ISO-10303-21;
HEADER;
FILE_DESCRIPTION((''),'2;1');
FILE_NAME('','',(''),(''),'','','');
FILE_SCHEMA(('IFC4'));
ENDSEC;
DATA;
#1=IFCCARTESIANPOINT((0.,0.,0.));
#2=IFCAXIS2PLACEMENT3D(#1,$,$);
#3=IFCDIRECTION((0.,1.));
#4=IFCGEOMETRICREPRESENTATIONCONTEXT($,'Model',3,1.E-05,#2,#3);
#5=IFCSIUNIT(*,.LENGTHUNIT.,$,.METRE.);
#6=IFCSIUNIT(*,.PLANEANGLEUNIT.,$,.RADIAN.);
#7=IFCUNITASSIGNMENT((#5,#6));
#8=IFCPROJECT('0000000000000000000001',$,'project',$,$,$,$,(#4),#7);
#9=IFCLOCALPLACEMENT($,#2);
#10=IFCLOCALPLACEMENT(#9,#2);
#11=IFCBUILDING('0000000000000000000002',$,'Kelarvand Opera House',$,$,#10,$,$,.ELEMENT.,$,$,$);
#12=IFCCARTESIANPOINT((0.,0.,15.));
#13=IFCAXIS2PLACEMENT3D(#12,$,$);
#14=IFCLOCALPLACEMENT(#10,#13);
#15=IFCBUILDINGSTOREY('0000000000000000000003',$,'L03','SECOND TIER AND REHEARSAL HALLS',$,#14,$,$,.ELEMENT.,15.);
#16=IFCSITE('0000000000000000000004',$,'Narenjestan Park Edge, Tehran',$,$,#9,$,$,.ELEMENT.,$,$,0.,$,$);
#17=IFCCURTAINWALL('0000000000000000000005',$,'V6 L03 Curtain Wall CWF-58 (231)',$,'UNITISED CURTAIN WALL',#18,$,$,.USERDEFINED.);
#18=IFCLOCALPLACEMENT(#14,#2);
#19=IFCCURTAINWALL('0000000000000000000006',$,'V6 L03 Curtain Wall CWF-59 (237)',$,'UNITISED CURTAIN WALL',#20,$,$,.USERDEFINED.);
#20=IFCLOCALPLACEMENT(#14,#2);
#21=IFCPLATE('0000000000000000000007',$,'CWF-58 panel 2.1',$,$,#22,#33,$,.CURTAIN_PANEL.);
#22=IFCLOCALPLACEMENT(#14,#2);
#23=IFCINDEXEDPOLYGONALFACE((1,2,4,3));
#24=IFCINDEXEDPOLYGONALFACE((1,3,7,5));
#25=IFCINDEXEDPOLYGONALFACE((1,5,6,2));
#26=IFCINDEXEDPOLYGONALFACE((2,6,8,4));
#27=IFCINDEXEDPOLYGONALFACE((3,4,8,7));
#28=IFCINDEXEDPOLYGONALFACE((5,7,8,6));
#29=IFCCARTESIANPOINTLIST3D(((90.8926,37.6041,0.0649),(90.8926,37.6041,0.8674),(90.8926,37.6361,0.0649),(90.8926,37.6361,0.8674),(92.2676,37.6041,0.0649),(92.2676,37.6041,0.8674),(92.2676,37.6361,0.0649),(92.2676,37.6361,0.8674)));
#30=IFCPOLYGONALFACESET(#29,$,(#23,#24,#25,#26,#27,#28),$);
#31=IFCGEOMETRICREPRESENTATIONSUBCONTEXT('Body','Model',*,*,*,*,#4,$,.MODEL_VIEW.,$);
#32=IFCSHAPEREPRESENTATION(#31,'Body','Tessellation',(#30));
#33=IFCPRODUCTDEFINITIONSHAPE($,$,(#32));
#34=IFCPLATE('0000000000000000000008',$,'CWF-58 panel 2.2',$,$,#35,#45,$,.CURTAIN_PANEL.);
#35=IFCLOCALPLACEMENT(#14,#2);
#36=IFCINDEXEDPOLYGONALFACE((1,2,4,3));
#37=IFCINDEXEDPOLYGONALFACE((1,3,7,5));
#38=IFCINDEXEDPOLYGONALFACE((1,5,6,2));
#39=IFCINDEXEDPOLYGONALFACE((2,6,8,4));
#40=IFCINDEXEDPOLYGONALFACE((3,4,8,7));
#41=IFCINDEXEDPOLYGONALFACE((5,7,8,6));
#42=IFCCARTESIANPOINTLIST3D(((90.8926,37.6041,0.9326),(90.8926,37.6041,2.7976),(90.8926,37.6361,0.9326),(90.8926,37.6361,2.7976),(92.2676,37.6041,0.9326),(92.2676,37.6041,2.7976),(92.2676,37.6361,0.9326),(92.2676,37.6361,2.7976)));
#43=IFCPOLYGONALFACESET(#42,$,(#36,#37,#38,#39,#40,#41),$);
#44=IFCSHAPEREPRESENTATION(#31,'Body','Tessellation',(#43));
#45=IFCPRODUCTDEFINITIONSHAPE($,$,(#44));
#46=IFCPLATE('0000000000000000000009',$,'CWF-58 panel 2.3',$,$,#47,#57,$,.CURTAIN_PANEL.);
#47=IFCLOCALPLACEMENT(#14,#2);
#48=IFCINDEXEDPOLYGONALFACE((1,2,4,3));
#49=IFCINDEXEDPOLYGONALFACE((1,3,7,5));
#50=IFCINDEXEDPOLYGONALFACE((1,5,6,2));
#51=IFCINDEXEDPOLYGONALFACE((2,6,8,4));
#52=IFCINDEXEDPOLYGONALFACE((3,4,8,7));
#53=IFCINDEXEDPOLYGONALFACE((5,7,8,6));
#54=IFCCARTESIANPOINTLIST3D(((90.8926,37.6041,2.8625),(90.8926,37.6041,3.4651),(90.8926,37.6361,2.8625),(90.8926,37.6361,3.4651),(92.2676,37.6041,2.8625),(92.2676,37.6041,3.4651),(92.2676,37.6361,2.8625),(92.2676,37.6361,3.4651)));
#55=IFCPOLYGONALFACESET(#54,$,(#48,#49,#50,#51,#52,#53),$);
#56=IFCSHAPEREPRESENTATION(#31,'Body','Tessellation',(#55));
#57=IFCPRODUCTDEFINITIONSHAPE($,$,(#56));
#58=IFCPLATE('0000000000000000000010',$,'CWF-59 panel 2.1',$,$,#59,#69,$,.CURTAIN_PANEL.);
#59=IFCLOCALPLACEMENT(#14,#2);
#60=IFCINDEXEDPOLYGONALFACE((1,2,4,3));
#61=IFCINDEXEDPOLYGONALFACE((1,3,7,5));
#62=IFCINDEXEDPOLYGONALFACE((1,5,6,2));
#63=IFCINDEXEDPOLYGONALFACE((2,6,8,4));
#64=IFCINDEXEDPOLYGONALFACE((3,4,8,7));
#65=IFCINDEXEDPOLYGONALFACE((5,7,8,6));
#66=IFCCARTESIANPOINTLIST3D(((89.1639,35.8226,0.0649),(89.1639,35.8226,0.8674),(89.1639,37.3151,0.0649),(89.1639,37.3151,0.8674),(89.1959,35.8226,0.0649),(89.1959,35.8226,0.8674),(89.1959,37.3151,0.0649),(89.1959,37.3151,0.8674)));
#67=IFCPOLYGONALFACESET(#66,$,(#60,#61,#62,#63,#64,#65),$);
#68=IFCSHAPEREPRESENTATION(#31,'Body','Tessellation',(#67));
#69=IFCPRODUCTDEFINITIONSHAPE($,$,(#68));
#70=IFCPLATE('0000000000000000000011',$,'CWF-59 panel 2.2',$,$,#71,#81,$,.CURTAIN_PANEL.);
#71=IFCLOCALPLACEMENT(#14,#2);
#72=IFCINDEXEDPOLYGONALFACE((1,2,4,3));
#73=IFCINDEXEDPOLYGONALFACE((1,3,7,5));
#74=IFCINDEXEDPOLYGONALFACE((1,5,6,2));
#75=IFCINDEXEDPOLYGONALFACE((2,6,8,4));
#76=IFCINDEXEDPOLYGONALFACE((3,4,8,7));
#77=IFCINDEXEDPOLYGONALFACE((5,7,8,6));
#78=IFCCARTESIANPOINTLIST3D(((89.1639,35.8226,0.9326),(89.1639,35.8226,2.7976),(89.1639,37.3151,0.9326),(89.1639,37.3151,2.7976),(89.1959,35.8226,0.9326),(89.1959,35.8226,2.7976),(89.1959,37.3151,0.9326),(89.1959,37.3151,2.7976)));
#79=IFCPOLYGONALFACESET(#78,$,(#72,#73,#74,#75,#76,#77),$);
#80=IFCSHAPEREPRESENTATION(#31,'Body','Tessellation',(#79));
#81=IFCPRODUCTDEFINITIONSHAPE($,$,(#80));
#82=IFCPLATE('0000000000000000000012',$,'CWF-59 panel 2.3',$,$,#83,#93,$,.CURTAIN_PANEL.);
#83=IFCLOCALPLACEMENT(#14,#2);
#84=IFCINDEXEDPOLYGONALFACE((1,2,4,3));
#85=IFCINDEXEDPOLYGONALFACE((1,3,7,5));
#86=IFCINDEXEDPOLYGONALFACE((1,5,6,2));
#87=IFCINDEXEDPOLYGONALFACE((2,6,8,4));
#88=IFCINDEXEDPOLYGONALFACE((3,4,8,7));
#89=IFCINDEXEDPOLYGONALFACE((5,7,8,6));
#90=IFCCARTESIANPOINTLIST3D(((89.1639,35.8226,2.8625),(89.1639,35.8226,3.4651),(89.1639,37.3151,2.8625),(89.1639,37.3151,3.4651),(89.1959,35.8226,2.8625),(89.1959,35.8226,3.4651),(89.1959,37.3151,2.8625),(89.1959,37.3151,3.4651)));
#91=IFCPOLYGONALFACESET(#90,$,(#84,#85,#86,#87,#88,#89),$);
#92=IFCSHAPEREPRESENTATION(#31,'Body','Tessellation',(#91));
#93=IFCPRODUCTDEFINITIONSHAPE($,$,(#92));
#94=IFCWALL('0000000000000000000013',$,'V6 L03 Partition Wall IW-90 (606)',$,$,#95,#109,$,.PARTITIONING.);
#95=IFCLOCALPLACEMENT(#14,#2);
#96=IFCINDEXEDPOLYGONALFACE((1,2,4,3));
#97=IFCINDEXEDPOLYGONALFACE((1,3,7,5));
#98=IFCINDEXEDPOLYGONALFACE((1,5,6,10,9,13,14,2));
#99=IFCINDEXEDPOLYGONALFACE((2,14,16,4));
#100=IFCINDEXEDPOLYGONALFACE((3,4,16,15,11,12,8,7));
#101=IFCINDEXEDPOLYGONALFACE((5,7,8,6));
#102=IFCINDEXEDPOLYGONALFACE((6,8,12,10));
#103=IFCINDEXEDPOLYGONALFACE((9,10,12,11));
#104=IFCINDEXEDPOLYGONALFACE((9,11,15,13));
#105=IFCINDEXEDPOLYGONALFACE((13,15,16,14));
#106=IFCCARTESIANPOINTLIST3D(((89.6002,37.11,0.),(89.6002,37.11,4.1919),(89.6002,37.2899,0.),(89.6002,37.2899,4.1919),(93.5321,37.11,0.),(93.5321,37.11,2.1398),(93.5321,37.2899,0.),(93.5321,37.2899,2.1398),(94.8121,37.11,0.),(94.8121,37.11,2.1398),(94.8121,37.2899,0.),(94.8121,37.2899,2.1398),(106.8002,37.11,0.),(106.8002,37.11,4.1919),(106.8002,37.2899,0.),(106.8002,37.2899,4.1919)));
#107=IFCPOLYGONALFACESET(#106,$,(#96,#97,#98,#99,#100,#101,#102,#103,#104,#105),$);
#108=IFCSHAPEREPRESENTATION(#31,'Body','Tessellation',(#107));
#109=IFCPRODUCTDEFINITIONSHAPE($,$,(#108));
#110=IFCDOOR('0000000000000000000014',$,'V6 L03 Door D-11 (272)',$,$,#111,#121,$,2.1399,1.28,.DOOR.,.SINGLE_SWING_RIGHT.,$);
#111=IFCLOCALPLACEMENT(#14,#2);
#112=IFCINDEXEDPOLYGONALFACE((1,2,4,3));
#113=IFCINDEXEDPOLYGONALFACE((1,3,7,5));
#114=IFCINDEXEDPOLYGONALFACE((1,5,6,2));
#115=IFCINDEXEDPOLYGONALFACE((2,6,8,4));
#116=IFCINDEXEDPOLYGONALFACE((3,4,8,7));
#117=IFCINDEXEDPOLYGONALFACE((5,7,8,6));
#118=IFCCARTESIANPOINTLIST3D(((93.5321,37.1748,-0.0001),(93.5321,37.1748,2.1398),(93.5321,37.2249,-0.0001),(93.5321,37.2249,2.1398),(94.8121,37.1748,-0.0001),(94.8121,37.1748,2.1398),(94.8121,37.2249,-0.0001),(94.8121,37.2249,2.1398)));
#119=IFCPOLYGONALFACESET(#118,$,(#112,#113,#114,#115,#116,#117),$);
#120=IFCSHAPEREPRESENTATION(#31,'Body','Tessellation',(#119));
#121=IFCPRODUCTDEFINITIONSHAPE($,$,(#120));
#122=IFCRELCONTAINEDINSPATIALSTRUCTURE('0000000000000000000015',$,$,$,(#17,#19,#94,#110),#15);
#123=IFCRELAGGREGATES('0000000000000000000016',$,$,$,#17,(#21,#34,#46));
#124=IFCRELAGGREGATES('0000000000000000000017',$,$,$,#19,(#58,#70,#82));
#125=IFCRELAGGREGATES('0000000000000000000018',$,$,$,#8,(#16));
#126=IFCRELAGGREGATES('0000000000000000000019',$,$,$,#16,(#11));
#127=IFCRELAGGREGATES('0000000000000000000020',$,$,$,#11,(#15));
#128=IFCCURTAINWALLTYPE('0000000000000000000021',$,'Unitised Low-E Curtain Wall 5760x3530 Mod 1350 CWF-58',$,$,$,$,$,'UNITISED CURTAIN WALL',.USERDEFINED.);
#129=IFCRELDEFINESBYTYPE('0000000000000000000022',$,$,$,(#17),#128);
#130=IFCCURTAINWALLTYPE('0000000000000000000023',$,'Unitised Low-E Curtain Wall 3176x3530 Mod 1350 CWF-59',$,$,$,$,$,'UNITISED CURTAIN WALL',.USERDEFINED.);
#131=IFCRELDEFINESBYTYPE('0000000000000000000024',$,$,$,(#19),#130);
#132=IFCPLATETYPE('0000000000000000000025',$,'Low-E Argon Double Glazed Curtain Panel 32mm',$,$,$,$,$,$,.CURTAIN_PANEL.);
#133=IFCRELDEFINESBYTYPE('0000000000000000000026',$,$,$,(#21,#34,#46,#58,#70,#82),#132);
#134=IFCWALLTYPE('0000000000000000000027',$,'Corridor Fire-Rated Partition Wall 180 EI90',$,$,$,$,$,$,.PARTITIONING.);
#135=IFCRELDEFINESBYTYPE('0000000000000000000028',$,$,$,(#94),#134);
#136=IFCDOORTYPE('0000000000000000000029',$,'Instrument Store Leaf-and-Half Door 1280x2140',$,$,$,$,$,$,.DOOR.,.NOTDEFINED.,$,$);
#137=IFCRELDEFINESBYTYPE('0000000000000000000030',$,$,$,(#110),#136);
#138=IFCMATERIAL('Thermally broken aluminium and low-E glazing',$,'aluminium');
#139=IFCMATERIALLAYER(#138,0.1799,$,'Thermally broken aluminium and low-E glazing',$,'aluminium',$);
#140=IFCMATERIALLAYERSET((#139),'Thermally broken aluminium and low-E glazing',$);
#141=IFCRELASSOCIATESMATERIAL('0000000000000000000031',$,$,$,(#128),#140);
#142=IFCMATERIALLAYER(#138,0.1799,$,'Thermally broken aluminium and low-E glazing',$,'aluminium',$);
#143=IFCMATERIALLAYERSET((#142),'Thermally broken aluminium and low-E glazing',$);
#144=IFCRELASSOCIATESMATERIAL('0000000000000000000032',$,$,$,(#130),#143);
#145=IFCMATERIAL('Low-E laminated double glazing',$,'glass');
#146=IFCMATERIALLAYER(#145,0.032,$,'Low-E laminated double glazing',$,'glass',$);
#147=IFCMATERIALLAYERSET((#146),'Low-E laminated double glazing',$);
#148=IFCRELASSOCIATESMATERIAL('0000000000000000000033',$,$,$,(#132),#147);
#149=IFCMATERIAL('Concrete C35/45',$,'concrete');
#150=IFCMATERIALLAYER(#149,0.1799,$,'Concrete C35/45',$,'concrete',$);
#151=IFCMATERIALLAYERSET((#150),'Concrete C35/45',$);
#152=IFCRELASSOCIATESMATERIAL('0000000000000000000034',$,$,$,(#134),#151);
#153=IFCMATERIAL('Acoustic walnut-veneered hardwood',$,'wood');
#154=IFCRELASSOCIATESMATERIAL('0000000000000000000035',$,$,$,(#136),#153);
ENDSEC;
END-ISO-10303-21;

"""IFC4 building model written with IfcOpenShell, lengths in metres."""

from ifc_helpers import new_model, si_unit, direction, frame, frame_2d, origin, origin_2d, place, context, subcontext, project, spatial, rectangle, extrude, material, layer, layer_set, type_object, element, fill, aggregate, save


model = new_model("IFC4")

# Units and contexts
model_context = context("Model", 3, precision=1e-05, world=origin(), true_north=direction((0.0, 1.0)))
body_context = subcontext(model_context, "Body", "Model", "MODEL_VIEW")
ifc_project = project(units=[si_unit("LENGTHUNIT", "METRE"), si_unit("PLANEANGLEUNIT", "RADIAN")], contexts=[model_context])

# Site, building, storey
site_placement = place(None, origin())
site = spatial("IfcSite", under=ifc_project, at=site_placement, Name="Narenjestan Park Edge, Tehran", CompositionType="ELEMENT", RefElevation=0.0)
building_placement = place(site_placement, origin())
building = spatial("IfcBuilding", under=site, at=building_placement, Name="Kelarvand Opera House", CompositionType="ELEMENT")
storey_placement = place(building_placement, frame((0.0, 0.0, 15.0)))
storey = spatial("IfcBuildingStorey", under=building, at=storey_placement, Name="L03", Description="SECOND TIER AND REHEARSAL HALLS", CompositionType="ELEMENT", Elevation=15.0)

# Curtain wall
ifc_material_1 = material(Name="Thermally broken aluminium and low-E glazing", Category="aluminium")
ifc_layer_1 = layer(ifc_material_1, 0.1799, Name="Thermally broken aluminium and low-E glazing", Category="aluminium")
ifc_layer_set_1 = layer_set([ifc_layer_1], Name="Thermally broken aluminium and low-E glazing")
curtain_wall_type_1 = type_object("IfcCurtainWallType", Name="Unitised Low-E Curtain Wall 5760x3530 Mod 1350 CWF-58", ElementType="UNITISED CURTAIN WALL", PredefinedType="USERDEFINED", material=ifc_layer_set_1)
curtain_wall_1_placement = place(storey_placement, origin())
curtain_wall_1 = element("IfcCurtainWall", 1, at=curtain_wall_1_placement, inside=storey, type_object=curtain_wall_type_1, Name="V6 L03 Curtain Wall CWF-58 (231)", ObjectType="UNITISED CURTAIN WALL", PredefinedType="USERDEFINED")

# Curtain wall
ifc_layer_2 = layer(ifc_material_1, 0.1799, Name="Thermally broken aluminium and low-E glazing", Category="aluminium")
ifc_layer_set_2 = layer_set([ifc_layer_2], Name="Thermally broken aluminium and low-E glazing")
curtain_wall_type_2 = type_object("IfcCurtainWallType", Name="Unitised Low-E Curtain Wall 3176x3530 Mod 1350 CWF-59", ElementType="UNITISED CURTAIN WALL", PredefinedType="USERDEFINED", material=ifc_layer_set_2)
curtain_wall_2_placement = place(storey_placement, origin())
curtain_wall_2 = element("IfcCurtainWall", 2, at=curtain_wall_2_placement, inside=storey, type_object=curtain_wall_type_2, Name="V6 L03 Curtain Wall CWF-59 (237)", ObjectType="UNITISED CURTAIN WALL", PredefinedType="USERDEFINED")

# Plates
ifc_material_2 = material(Name="Low-E laminated double glazing", Category="glass")
ifc_layer_3 = layer(ifc_material_2, 0.032, Name="Low-E laminated double glazing", Category="glass")
ifc_layer_set_3 = layer_set([ifc_layer_3], Name="Low-E laminated double glazing")
plate_type_1 = type_object("IfcPlateType", Name="Low-E Argon Double Glazed Curtain Panel 32mm", PredefinedType="CURTAIN_PANEL", material=ifc_layer_set_3)
plate_1_placement = place(storey_placement, frame((91.5801, 37.6201, 0.0649), z_axis=(0.0, 0.0, 1.0), x_axis=(1.0, 0.0, 0.0)))
plate_1 = element("IfcPlate", 3, at=plate_1_placement, type_object=plate_type_1, Name="CWF-58 panel 2.1", PredefinedType="CURTAIN_PANEL", context=body_context, shape_type="SweptSolid", body=[
    extrude(rectangle(XDim=1.375, YDim=0.032, at=origin_2d()), origin(), (0.0, 0.0, 1.0), 0.8025),
])
plate_2_placement = place(storey_placement, frame((91.5801, 37.6201, 0.9326), z_axis=(0.0, 0.0, 1.0), x_axis=(1.0, 0.0, 0.0)))
plate_2 = element("IfcPlate", 4, at=plate_2_placement, type_object=plate_type_1, Name="CWF-58 panel 2.2", PredefinedType="CURTAIN_PANEL", context=body_context, shape_type="SweptSolid", body=[
    extrude(rectangle(XDim=1.375, YDim=0.032, at=origin_2d()), origin(), (0.0, 0.0, 1.0), 1.865),
])
plate_3_placement = place(storey_placement, frame((91.5801, 37.6201, 2.8625), z_axis=(0.0, 0.0, 1.0), x_axis=(1.0, 0.0, 0.0)))
plate_3 = element("IfcPlate", 5, at=plate_3_placement, type_object=plate_type_1, Name="CWF-58 panel 2.3", PredefinedType="CURTAIN_PANEL", context=body_context, shape_type="SweptSolid", body=[
    extrude(rectangle(XDim=1.375, YDim=0.032, at=origin_2d()), origin(), (0.0, 0.0, 1.0), 0.6025),
])
aggregate(curtain_wall_1, [plate_1, plate_2, plate_3])
plate_4_placement = place(storey_placement, frame((89.1799, 36.5688, 0.0649), z_axis=(0.0, 0.0, 1.0), x_axis=(0.0, 1.0, 0.0)))
plate_4 = element("IfcPlate", 6, at=plate_4_placement, type_object=plate_type_1, Name="CWF-59 panel 2.1", PredefinedType="CURTAIN_PANEL", context=body_context, shape_type="SweptSolid", body=[
    extrude(rectangle(XDim=1.4924, YDim=0.032, at=origin_2d()), origin(), (0.0, 0.0, 1.0), 0.8025),
])
plate_5_placement = place(storey_placement, frame((89.1799, 36.5688, 0.9326), z_axis=(0.0, 0.0, 1.0), x_axis=(0.0, 1.0, 0.0)))
plate_5 = element("IfcPlate", 7, at=plate_5_placement, type_object=plate_type_1, Name="CWF-59 panel 2.2", PredefinedType="CURTAIN_PANEL", context=body_context, shape_type="SweptSolid", body=[
    extrude(rectangle(XDim=1.4924, YDim=0.032, at=origin_2d()), origin(), (0.0, 0.0, 1.0), 1.865),
])
plate_6_placement = place(storey_placement, frame((89.1799, 36.5688, 2.8625), z_axis=(0.0, 0.0, 1.0), x_axis=(0.0, 1.0, 0.0)))
plate_6 = element("IfcPlate", 8, at=plate_6_placement, type_object=plate_type_1, Name="CWF-59 panel 2.3", PredefinedType="CURTAIN_PANEL", context=body_context, shape_type="SweptSolid", body=[
    extrude(rectangle(XDim=1.4924, YDim=0.032, at=origin_2d()), origin(), (0.0, 0.0, 1.0), 0.6025),
])
aggregate(curtain_wall_2, [plate_4, plate_5, plate_6])

# Wall, opening, door
ifc_material_3 = material(Name="Concrete C35/45", Category="concrete")
ifc_layer_4 = layer(ifc_material_3, 0.1799, Name="Concrete C35/45", Category="concrete")
ifc_layer_set_4 = layer_set([ifc_layer_4], Name="Concrete C35/45")
wall_type = type_object("IfcWallType", Name="Corridor Fire-Rated Partition Wall 180 EI90", PredefinedType="PARTITIONING", material=ifc_layer_set_4)
wall_placement = place(storey_placement, frame((89.6001, 37.2, 0.0), z_axis=(0.0, 0.0, 1.0), x_axis=(1.0, 0.0, 0.0)))
wall = element("IfcWall", 9, at=wall_placement, inside=storey, type_object=wall_type, Name="V6 L03 Partition Wall IW-90 (606)", PredefinedType="PARTITIONING", context=body_context, shape_type="SweptSolid", body=[
    extrude(rectangle(XDim=17.2, YDim=0.1799, at=frame_2d((8.6001, 0.0))), origin(), (0.0, 0.0, 1.0), 4.1919),
])
opening_placement = place(wall_placement, frame((3.9319, 0.0, 0.0)))
opening = element("IfcOpeningElement", 10, at=opening_placement, cuts=wall, PredefinedType="OPENING", context=body_context, shape_type="SweptSolid", body=[
    extrude(rectangle(XDim=1.28, YDim=2.1399, at=frame_2d((0.6401, 1.0698))), frame((0.0, 0.1001, 0.0), z_axis=(0.0, -1.0, 0.0), x_axis=(1.0, 0.0, 0.0)), (0.0, 0.0, 1.0), 0.2),
])
ifc_material_4 = material(Name="Acoustic walnut-veneered hardwood", Category="wood")
door_type = type_object("IfcDoorType", Name="Instrument Store Leaf-and-Half Door 1280x2140", OperationType="NOTDEFINED", PredefinedType="DOOR", material=ifc_material_4)
door_placement = place(opening_placement, origin())
door = element("IfcDoor", 11, at=door_placement, inside=storey, type_object=door_type, Name="V6 L03 Door D-11 (272)", OperationType="SINGLE_SWING_RIGHT", OverallHeight=2.1399, OverallWidth=1.28, PredefinedType="DOOR", context=body_context, shape_type="SweptSolid", body=[
    extrude(rectangle(XDim=1.28, YDim=2.1399, at=frame_2d((0.6401, 1.0698))), frame((0.0, 0.0249, 0.0), z_axis=(0.0, -1.0, 0.0), x_axis=(1.0, 0.0, 0.0)), (0.0, 0.0, 1.0), 0.05),
])
fill(opening, door)

save(model, "model.ifc")
